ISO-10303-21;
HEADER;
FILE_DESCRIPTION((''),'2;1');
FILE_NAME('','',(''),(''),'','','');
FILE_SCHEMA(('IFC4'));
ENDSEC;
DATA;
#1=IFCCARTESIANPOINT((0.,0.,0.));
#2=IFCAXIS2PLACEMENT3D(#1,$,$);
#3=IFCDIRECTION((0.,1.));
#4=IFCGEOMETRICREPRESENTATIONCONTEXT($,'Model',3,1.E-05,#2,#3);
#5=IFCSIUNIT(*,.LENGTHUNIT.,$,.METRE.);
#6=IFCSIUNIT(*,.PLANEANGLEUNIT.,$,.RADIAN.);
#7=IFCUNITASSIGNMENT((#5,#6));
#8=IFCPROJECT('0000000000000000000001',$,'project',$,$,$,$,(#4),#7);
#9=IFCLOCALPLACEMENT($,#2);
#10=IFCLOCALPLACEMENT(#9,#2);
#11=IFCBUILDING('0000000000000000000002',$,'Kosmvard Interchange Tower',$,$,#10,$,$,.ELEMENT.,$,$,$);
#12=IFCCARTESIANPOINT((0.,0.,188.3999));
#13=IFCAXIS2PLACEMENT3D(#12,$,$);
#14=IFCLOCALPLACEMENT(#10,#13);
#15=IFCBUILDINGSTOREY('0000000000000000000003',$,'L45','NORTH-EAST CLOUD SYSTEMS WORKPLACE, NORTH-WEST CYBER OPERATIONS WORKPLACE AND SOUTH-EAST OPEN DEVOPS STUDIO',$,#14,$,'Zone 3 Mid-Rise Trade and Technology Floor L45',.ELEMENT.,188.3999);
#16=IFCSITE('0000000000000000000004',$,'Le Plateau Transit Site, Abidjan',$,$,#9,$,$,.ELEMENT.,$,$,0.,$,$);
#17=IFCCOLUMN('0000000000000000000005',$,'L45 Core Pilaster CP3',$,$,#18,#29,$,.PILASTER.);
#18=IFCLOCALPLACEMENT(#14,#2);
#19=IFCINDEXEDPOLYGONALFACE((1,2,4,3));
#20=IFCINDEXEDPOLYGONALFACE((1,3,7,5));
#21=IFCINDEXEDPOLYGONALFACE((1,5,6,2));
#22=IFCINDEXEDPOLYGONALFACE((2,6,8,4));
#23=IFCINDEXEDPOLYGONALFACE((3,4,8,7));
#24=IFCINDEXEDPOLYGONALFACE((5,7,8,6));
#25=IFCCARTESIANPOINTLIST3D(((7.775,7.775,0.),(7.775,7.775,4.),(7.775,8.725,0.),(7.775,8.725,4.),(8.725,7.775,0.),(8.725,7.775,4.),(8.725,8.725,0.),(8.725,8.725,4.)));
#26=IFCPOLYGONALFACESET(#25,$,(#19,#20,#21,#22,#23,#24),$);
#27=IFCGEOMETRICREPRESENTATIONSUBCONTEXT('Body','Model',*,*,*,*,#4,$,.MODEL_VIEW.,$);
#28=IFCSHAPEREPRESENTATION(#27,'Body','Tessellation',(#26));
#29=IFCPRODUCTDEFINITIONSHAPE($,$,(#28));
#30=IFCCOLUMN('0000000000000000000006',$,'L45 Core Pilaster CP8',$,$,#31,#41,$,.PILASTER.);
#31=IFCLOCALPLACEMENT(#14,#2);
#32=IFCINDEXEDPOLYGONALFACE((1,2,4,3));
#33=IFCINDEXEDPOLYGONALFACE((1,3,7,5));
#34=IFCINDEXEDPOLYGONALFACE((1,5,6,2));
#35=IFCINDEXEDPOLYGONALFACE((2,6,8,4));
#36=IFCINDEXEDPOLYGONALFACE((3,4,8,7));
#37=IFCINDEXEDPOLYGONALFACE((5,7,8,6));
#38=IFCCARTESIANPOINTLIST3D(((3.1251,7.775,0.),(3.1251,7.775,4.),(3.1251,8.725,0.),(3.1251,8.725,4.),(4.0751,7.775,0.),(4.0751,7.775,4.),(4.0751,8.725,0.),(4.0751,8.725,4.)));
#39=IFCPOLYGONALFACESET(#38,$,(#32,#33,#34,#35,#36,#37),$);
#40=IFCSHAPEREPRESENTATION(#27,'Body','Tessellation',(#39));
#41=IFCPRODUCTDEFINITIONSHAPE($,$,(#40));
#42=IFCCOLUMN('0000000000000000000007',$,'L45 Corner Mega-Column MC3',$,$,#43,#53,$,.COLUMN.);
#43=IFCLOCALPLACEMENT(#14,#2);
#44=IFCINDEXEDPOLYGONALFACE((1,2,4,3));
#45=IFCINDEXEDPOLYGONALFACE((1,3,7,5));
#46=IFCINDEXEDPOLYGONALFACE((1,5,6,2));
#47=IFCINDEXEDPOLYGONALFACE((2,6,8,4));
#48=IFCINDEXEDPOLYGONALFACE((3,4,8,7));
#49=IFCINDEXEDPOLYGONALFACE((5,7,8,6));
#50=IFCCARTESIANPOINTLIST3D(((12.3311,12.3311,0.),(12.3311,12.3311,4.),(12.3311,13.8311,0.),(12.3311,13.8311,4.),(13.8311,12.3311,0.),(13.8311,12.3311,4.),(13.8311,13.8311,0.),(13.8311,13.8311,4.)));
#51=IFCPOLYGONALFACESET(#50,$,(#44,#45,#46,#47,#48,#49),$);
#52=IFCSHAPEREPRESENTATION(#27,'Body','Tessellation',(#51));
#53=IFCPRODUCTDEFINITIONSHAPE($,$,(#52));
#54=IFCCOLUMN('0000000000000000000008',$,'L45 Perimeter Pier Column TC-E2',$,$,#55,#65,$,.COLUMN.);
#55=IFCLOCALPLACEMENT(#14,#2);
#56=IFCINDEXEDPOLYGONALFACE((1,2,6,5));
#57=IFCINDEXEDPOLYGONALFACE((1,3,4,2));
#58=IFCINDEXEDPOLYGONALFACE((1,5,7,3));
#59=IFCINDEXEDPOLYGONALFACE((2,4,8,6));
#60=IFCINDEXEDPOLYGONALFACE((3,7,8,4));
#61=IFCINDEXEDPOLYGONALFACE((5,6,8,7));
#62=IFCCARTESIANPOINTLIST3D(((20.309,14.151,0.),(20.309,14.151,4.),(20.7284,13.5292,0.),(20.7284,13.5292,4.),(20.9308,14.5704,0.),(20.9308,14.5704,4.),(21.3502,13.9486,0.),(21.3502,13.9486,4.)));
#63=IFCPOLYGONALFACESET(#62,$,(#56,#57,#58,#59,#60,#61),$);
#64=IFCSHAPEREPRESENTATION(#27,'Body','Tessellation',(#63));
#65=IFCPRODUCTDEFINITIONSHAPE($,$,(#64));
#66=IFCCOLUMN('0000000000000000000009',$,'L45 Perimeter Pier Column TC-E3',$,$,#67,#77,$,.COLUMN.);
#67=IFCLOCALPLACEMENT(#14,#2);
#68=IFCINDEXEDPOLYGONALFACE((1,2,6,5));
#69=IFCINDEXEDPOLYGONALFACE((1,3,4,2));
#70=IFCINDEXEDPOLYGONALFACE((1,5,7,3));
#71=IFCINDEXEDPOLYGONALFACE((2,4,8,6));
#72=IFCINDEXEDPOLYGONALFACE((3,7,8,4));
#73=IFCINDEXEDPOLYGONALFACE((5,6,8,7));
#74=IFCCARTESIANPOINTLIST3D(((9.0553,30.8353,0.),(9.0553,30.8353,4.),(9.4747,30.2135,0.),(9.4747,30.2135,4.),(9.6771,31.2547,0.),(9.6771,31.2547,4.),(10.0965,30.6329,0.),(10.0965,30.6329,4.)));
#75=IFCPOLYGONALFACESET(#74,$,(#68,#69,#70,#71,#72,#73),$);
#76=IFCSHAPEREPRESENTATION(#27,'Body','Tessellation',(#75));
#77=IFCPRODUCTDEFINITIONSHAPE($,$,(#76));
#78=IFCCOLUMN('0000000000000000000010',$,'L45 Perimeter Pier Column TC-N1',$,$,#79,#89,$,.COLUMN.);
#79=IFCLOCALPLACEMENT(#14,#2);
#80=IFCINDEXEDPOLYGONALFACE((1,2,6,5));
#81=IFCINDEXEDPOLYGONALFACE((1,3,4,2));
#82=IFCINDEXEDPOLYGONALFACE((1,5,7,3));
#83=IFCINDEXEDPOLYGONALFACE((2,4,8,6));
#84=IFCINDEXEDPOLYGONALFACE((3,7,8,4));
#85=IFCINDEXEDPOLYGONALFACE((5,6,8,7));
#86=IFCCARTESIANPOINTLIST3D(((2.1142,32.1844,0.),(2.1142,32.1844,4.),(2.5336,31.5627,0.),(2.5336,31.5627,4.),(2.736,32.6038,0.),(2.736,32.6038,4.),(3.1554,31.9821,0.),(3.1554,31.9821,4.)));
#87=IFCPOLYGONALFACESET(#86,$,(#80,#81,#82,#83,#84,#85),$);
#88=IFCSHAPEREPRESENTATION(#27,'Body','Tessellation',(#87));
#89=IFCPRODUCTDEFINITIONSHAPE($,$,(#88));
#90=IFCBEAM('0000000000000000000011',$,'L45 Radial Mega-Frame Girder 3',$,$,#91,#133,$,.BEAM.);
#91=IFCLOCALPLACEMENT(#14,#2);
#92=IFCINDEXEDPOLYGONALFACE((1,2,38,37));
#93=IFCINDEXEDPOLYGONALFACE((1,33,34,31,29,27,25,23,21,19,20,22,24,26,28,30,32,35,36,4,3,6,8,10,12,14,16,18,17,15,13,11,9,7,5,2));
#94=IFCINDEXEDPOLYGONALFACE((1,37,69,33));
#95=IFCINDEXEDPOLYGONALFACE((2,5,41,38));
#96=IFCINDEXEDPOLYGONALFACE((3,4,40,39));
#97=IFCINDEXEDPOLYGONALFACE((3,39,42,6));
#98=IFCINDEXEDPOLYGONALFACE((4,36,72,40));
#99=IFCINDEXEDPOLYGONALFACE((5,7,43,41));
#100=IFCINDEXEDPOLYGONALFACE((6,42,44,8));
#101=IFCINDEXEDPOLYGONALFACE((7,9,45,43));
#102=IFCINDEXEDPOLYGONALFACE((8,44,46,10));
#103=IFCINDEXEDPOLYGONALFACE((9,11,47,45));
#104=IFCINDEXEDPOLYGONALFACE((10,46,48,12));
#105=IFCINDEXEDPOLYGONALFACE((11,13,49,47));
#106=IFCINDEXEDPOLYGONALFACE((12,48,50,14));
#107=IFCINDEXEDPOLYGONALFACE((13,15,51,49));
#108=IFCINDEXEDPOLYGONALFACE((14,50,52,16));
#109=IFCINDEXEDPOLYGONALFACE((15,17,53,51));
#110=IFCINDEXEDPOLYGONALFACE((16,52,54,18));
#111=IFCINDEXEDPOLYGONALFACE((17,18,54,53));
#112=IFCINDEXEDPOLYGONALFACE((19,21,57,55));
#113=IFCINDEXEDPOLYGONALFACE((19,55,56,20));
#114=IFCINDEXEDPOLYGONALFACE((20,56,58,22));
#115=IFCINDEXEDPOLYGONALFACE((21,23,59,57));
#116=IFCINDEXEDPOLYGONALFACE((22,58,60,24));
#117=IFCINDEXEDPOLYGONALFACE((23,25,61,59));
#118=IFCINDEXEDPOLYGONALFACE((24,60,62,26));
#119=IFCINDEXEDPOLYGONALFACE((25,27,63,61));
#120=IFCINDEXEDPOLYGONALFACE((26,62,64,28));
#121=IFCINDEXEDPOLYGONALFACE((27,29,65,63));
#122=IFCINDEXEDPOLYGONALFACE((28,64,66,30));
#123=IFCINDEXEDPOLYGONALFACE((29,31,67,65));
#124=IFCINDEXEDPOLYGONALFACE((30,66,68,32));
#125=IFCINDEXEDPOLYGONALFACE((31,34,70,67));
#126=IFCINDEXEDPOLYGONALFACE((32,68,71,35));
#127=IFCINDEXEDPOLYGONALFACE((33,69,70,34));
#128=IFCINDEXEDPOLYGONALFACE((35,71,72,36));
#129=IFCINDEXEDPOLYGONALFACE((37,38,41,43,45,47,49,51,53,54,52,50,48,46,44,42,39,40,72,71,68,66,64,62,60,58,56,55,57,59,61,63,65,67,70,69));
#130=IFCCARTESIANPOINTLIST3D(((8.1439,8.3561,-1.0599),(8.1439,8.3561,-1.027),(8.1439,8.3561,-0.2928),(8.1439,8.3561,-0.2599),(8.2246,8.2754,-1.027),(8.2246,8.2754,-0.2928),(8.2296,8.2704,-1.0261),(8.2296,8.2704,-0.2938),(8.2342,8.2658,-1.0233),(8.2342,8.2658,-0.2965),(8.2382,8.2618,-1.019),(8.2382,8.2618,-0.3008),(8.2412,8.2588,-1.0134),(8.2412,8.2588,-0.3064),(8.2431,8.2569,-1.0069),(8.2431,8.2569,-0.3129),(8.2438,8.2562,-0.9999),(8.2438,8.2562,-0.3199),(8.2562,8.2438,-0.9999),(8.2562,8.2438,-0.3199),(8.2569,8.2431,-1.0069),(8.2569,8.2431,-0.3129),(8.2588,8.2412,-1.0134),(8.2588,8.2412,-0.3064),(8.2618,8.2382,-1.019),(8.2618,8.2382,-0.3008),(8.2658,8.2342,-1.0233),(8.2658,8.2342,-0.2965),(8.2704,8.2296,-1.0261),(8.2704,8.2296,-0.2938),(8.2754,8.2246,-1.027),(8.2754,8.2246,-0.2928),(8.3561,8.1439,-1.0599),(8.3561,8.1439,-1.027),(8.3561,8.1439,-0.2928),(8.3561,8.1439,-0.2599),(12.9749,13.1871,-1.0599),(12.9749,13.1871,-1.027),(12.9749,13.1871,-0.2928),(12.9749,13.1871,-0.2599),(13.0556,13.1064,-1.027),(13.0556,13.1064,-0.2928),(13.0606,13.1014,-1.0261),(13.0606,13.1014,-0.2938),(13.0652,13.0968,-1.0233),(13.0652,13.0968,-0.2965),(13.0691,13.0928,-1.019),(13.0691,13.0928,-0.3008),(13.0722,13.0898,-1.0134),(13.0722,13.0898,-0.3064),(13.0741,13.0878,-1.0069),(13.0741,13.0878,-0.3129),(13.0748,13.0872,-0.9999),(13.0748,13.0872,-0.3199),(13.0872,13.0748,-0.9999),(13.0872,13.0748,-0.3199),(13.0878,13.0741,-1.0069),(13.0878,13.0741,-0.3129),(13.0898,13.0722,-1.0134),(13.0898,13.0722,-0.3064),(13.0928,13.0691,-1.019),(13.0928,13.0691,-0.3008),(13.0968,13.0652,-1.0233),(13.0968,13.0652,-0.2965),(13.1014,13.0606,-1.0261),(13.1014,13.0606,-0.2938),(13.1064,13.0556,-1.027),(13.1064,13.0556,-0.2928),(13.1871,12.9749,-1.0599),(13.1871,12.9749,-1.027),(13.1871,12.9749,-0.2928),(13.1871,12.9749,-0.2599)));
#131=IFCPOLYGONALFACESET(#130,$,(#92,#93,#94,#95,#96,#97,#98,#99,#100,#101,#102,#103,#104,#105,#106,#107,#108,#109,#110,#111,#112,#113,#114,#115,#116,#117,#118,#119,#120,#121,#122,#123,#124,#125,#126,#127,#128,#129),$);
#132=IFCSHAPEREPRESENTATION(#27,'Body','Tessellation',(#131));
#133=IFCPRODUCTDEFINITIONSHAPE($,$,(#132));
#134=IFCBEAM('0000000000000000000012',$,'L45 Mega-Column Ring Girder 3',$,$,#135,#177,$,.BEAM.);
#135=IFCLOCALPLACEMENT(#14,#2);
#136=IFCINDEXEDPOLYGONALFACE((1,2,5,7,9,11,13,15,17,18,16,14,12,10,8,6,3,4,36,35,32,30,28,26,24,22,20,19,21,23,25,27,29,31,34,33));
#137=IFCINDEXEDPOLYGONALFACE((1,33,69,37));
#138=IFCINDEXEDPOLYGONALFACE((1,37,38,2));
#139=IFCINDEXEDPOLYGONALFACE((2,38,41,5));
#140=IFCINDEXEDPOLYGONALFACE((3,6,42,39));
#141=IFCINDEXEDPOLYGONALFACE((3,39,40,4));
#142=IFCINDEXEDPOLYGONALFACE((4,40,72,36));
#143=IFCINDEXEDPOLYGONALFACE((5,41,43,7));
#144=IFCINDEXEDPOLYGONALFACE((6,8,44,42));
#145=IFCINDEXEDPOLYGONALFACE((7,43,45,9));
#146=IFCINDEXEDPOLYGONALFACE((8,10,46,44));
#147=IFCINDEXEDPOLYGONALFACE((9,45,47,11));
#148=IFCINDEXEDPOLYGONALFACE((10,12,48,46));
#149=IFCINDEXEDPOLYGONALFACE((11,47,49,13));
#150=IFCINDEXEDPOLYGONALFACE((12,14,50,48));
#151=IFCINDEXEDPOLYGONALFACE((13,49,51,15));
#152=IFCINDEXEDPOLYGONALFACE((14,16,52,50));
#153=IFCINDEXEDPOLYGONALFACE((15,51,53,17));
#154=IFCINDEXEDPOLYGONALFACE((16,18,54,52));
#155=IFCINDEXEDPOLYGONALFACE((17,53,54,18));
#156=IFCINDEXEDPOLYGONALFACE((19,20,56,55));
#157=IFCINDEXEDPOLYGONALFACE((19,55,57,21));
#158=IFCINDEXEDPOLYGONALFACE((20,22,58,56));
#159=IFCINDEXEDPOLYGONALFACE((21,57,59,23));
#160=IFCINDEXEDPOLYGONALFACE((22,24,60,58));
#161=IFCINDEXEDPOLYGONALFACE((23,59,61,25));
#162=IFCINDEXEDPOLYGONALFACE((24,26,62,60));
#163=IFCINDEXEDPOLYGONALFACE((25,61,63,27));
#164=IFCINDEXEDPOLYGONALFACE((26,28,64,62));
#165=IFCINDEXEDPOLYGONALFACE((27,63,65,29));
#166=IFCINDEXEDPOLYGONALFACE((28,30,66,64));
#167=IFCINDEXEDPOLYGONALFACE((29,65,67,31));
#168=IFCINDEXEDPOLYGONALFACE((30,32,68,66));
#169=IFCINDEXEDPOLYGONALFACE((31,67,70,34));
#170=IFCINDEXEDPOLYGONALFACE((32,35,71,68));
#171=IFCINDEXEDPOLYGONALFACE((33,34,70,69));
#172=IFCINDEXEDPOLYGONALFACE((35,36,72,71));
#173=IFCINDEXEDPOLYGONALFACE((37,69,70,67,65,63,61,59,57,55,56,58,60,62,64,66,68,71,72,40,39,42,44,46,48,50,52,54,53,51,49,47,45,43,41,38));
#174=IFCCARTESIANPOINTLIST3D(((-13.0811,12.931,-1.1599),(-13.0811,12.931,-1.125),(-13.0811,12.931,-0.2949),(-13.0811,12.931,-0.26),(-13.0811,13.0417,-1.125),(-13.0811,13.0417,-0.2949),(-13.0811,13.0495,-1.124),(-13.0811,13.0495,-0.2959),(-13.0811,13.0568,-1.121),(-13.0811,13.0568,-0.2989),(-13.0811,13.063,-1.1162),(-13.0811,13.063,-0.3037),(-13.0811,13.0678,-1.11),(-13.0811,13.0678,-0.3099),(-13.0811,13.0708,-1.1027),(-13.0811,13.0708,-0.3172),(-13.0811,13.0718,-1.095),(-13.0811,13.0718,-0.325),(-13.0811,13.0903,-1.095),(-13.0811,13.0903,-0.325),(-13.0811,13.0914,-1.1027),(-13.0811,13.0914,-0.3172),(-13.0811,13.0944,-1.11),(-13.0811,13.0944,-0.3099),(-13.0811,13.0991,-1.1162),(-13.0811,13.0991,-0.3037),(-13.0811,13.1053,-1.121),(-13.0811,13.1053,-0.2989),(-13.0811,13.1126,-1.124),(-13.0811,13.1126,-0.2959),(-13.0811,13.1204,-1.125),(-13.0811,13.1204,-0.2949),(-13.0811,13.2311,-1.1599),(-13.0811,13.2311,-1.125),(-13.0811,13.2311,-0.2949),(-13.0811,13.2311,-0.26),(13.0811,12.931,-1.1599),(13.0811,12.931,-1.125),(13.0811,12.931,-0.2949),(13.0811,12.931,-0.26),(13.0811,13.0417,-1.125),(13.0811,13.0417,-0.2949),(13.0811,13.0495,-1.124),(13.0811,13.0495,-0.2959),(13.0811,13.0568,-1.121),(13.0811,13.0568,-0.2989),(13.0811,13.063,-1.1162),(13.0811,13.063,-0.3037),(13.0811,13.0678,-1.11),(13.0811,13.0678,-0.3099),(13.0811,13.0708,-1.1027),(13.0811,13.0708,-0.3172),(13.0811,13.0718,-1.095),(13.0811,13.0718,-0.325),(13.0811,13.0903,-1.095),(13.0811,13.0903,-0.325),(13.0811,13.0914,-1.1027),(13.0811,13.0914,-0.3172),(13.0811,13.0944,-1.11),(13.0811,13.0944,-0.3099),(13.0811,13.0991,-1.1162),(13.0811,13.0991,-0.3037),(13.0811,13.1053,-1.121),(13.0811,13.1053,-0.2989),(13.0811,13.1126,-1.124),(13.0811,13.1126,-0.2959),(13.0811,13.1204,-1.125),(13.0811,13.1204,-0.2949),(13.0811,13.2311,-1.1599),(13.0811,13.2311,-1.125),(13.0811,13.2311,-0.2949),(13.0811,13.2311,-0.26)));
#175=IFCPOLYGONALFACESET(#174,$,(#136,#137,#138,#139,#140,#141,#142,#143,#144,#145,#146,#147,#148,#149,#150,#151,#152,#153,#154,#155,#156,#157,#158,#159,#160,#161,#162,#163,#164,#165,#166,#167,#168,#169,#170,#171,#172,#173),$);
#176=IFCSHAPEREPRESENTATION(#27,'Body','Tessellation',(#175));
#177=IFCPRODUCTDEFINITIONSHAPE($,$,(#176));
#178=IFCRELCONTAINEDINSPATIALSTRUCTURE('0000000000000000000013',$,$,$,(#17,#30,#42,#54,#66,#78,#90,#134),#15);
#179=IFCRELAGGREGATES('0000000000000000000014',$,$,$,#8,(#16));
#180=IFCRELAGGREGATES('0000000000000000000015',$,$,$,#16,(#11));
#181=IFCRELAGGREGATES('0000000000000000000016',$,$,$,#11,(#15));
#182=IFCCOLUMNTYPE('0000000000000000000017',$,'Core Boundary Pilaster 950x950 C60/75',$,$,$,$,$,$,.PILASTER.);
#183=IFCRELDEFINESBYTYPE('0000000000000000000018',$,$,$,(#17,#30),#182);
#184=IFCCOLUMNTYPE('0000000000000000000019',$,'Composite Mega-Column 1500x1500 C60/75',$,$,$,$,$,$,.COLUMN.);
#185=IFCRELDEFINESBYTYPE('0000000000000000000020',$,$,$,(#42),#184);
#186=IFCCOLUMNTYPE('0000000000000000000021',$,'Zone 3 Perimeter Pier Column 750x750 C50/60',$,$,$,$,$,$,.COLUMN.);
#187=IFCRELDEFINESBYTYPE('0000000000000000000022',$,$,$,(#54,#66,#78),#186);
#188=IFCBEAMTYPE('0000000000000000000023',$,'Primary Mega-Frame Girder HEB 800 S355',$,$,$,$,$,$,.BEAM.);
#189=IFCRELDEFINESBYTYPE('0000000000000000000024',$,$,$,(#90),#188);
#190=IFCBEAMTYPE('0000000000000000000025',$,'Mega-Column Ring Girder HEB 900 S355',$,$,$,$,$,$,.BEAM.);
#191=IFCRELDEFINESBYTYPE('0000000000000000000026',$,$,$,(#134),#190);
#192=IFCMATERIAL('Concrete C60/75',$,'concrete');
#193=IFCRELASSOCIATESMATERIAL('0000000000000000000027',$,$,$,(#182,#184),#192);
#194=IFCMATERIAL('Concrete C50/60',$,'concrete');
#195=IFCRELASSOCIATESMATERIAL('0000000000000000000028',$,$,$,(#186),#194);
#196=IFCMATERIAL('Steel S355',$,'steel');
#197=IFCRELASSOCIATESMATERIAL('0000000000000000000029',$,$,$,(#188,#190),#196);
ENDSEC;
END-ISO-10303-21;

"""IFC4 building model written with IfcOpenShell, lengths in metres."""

from ifc_helpers import new_model, si_unit, direction, frame, origin, origin_2d, place, context, subcontext, project, spatial, rectangle, i_section, extrude, source, transform, mapped, material, material_profile, profile_set, type_object, element, save


model = new_model("IFC4")

# Units and contexts
model_context = context("Model", 3, precision=1e-05, world=origin(), true_north=direction((0.0, 1.0)))
body_context = subcontext(model_context, "Body", "Model", "MODEL_VIEW")
ifc_project = project(units=[si_unit("LENGTHUNIT", "METRE"), si_unit("PLANEANGLEUNIT", "RADIAN")], contexts=[model_context])

# Site, building, storey
site_placement = place(None, origin())
site = spatial("IfcSite", under=ifc_project, at=site_placement, Name="Le Plateau Transit Site, Abidjan", CompositionType="ELEMENT", RefElevation=0.0)
building_placement = place(site_placement, origin())
building = spatial("IfcBuilding", under=site, at=building_placement, Name="Kosmvard Interchange Tower", CompositionType="ELEMENT")
storey_placement = place(building_placement, frame((0.0, 0.0, 188.3999)))
storey = spatial("IfcBuildingStorey", under=building, at=storey_placement, Name="L45", Description="NORTH-EAST CLOUD SYSTEMS WORKPLACE, NORTH-WEST CYBER OPERATIONS WORKPLACE AND SOUTH-EAST OPEN DEVOPS STUDIO", LongName="Zone 3 Mid-Rise Trade and Technology Floor L45", CompositionType="ELEMENT", Elevation=188.3999)

# Columns
ifc_material_1 = material(Name="Concrete C60/75", Category="concrete")
ifc_material_profile_1 = material_profile(ifc_material_1, rectangle(XDim=0.95, YDim=0.95, at=origin_2d()), Name="CP 950x950")
ifc_profile_set_1 = profile_set([ifc_material_profile_1], Name="Concrete C60/75")
column_type_1 = type_object("IfcColumnType", Name="Core Boundary Pilaster 950x950 C60/75", PredefinedType="PILASTER", material=ifc_profile_set_1)
shared_shape_1 = source(origin(), body_context, "Body", "SweptSolid", [
    extrude(rectangle(XDim=0.95, YDim=0.95, at=origin_2d()), origin(), (0.0, 0.0, 1.0), 4.0),
])
for number, where, z_axis, x_axis, name in (
    (1, (8.25, 8.25, 0.0), (0.0, 0.0, 1.0), (1.0, 0.0, 0.0), "L45 Core Pilaster CP3"),
    (2, (3.6001, 8.25, 0.0), (0.0, 0.0, 1.0), (1.0, 0.0, 0.0), "L45 Core Pilaster CP8"),
):
    element("IfcColumn", number, at=place(storey_placement, frame(where, z_axis=z_axis, x_axis=x_axis)), inside=storey, type_object=column_type_1, Name=name, PredefinedType="PILASTER", context=body_context, shape_type="MappedRepresentation", body=[
        mapped(shared_shape_1, transform((0.0, 0.0, 0.0), scale=1.0)),
    ])
ifc_material_profile_2 = material_profile(ifc_material_1, rectangle(XDim=1.5, YDim=1.5, at=origin_2d()), Name="MC 1500x1500")
ifc_profile_set_2 = profile_set([ifc_material_profile_2], Name="Concrete C60/75")
column_type_2 = type_object("IfcColumnType", Name="Composite Mega-Column 1500x1500 C60/75", PredefinedType="COLUMN", material=ifc_profile_set_2)
shared_shape_2 = source(origin(), body_context, "Body", "SweptSolid", [
    extrude(rectangle(XDim=1.5, YDim=1.5, at=origin_2d()), origin(), (0.0, 0.0, 1.0), 4.0),
])
column_placement = place(storey_placement, frame((13.0811, 13.0811, 0.0), z_axis=(0.0, 0.0, 1.0), x_axis=(1.0, 0.0, 0.0)))
element("IfcColumn", 3, at=column_placement, inside=storey, type_object=column_type_2, Name="L45 Corner Mega-Column MC3", PredefinedType="COLUMN", context=body_context, shape_type="MappedRepresentation", body=[
    mapped(shared_shape_2, transform((0.0, 0.0, 0.0), scale=1.0)),
])
ifc_material_2 = material(Name="Concrete C50/60", Category="concrete")
ifc_material_profile_3 = material_profile(ifc_material_2, rectangle(XDim=0.75, YDim=0.75, at=origin_2d()), Name="TC 750x750")
ifc_profile_set_3 = profile_set([ifc_material_profile_3], Name="Concrete C50/60")
column_type_3 = type_object("IfcColumnType", Name="Zone 3 Perimeter Pier Column 750x750 C50/60", PredefinedType="COLUMN", material=ifc_profile_set_3)
shared_shape_3 = source(origin(), body_context, "Body", "SweptSolid", [
    extrude(rectangle(XDim=0.75, YDim=0.75, at=origin_2d()), origin(), (0.0, 0.0, 1.0), 4.0),
])
for number, where, z_axis, x_axis, name in (
    (4, (20.8296, 14.0498, 0.0), (0.0, 0.0, 1.0), (0.829038, 0.559193, 0.0), "L45 Perimeter Pier Column TC-E2"),
    (5, (9.5759, 30.7341, 0.0), (0.0, 0.0, 1.0), (0.829038, 0.559193, 0.0), "L45 Perimeter Pier Column TC-E3"),
    (6, (2.6348, 32.0833, 0.0), (0.0, 0.0, 1.0), (0.829038, 0.559193, 0.0), "L45 Perimeter Pier Column TC-N1"),
):
    element("IfcColumn", number, at=place(storey_placement, frame(where, z_axis=z_axis, x_axis=x_axis)), inside=storey, type_object=column_type_3, Name=name, PredefinedType="COLUMN", context=body_context, shape_type="MappedRepresentation", body=[
        mapped(shared_shape_3, transform((0.0, 0.0, 0.0), scale=1.0)),
    ])

# Beams
ifc_material_3 = material(Name="Steel S355", Category="steel")
ifc_material_profile_4 = material_profile(ifc_material_3, i_section(OverallWidth=0.3, OverallDepth=0.8, WebThickness=0.0176, FlangeThickness=0.033, FilletRadius=0.0271, at=origin_2d()), Name="HEB 800")
ifc_profile_set_4 = profile_set([ifc_material_profile_4], Name="Steel S355")
beam_type_1 = type_object("IfcBeamType", Name="Primary Mega-Frame Girder HEB 800 S355", PredefinedType="BEAM", material=ifc_profile_set_4)
shared_shape_4 = source(origin(), body_context, "Body", "SweptSolid", [
    extrude(i_section(OverallWidth=0.3, OverallDepth=0.8, WebThickness=0.0176, FlangeThickness=0.033, FilletRadius=0.0271, at=origin_2d()), origin(), (0.0, 0.0, 1.0), 6.832),
])
beam_1_placement = place(storey_placement, frame((8.25, 8.25, -0.6599), z_axis=(0.707107, 0.707107, 0.0), x_axis=(-0.707107, 0.707107, 0.0)))
element("IfcBeam", 7, at=beam_1_placement, inside=storey, type_object=beam_type_1, Name="L45 Radial Mega-Frame Girder 3", PredefinedType="BEAM", context=body_context, shape_type="MappedRepresentation", body=[
    mapped(shared_shape_4, transform((0.0, 0.0, 0.0), scale=1.0)),
])
ifc_material_profile_5 = material_profile(ifc_material_3, i_section(OverallWidth=0.3, OverallDepth=0.8999, WebThickness=0.0186, FlangeThickness=0.0349, FilletRadius=0.03, at=origin_2d()), Name="HEB 900")
ifc_profile_set_5 = profile_set([ifc_material_profile_5], Name="Steel S355")
beam_type_2 = type_object("IfcBeamType", Name="Mega-Column Ring Girder HEB 900 S355", PredefinedType="BEAM", material=ifc_profile_set_5)
shared_shape_5 = source(origin(), body_context, "Body", "SweptSolid", [
    extrude(i_section(OverallWidth=0.3, OverallDepth=0.8999, WebThickness=0.0186, FlangeThickness=0.0349, FilletRadius=0.03, at=origin_2d()), origin(), (0.0, 0.0, 1.0), 26.1621),
])
beam_2_placement = place(storey_placement, frame((13.0811, 13.0811, -0.71), z_axis=(-1.0, 0.0, 0.0), x_axis=(0.0, -1.0, 0.0)))
element("IfcBeam", 8, at=beam_2_placement, inside=storey, type_object=beam_type_2, Name="L45 Mega-Column Ring Girder 3", PredefinedType="BEAM", context=body_context, shape_type="MappedRepresentation", body=[
    mapped(shared_shape_5, transform((0.0, 0.0, 0.0), scale=1.0)),
])

save(model, "model.ifc")
